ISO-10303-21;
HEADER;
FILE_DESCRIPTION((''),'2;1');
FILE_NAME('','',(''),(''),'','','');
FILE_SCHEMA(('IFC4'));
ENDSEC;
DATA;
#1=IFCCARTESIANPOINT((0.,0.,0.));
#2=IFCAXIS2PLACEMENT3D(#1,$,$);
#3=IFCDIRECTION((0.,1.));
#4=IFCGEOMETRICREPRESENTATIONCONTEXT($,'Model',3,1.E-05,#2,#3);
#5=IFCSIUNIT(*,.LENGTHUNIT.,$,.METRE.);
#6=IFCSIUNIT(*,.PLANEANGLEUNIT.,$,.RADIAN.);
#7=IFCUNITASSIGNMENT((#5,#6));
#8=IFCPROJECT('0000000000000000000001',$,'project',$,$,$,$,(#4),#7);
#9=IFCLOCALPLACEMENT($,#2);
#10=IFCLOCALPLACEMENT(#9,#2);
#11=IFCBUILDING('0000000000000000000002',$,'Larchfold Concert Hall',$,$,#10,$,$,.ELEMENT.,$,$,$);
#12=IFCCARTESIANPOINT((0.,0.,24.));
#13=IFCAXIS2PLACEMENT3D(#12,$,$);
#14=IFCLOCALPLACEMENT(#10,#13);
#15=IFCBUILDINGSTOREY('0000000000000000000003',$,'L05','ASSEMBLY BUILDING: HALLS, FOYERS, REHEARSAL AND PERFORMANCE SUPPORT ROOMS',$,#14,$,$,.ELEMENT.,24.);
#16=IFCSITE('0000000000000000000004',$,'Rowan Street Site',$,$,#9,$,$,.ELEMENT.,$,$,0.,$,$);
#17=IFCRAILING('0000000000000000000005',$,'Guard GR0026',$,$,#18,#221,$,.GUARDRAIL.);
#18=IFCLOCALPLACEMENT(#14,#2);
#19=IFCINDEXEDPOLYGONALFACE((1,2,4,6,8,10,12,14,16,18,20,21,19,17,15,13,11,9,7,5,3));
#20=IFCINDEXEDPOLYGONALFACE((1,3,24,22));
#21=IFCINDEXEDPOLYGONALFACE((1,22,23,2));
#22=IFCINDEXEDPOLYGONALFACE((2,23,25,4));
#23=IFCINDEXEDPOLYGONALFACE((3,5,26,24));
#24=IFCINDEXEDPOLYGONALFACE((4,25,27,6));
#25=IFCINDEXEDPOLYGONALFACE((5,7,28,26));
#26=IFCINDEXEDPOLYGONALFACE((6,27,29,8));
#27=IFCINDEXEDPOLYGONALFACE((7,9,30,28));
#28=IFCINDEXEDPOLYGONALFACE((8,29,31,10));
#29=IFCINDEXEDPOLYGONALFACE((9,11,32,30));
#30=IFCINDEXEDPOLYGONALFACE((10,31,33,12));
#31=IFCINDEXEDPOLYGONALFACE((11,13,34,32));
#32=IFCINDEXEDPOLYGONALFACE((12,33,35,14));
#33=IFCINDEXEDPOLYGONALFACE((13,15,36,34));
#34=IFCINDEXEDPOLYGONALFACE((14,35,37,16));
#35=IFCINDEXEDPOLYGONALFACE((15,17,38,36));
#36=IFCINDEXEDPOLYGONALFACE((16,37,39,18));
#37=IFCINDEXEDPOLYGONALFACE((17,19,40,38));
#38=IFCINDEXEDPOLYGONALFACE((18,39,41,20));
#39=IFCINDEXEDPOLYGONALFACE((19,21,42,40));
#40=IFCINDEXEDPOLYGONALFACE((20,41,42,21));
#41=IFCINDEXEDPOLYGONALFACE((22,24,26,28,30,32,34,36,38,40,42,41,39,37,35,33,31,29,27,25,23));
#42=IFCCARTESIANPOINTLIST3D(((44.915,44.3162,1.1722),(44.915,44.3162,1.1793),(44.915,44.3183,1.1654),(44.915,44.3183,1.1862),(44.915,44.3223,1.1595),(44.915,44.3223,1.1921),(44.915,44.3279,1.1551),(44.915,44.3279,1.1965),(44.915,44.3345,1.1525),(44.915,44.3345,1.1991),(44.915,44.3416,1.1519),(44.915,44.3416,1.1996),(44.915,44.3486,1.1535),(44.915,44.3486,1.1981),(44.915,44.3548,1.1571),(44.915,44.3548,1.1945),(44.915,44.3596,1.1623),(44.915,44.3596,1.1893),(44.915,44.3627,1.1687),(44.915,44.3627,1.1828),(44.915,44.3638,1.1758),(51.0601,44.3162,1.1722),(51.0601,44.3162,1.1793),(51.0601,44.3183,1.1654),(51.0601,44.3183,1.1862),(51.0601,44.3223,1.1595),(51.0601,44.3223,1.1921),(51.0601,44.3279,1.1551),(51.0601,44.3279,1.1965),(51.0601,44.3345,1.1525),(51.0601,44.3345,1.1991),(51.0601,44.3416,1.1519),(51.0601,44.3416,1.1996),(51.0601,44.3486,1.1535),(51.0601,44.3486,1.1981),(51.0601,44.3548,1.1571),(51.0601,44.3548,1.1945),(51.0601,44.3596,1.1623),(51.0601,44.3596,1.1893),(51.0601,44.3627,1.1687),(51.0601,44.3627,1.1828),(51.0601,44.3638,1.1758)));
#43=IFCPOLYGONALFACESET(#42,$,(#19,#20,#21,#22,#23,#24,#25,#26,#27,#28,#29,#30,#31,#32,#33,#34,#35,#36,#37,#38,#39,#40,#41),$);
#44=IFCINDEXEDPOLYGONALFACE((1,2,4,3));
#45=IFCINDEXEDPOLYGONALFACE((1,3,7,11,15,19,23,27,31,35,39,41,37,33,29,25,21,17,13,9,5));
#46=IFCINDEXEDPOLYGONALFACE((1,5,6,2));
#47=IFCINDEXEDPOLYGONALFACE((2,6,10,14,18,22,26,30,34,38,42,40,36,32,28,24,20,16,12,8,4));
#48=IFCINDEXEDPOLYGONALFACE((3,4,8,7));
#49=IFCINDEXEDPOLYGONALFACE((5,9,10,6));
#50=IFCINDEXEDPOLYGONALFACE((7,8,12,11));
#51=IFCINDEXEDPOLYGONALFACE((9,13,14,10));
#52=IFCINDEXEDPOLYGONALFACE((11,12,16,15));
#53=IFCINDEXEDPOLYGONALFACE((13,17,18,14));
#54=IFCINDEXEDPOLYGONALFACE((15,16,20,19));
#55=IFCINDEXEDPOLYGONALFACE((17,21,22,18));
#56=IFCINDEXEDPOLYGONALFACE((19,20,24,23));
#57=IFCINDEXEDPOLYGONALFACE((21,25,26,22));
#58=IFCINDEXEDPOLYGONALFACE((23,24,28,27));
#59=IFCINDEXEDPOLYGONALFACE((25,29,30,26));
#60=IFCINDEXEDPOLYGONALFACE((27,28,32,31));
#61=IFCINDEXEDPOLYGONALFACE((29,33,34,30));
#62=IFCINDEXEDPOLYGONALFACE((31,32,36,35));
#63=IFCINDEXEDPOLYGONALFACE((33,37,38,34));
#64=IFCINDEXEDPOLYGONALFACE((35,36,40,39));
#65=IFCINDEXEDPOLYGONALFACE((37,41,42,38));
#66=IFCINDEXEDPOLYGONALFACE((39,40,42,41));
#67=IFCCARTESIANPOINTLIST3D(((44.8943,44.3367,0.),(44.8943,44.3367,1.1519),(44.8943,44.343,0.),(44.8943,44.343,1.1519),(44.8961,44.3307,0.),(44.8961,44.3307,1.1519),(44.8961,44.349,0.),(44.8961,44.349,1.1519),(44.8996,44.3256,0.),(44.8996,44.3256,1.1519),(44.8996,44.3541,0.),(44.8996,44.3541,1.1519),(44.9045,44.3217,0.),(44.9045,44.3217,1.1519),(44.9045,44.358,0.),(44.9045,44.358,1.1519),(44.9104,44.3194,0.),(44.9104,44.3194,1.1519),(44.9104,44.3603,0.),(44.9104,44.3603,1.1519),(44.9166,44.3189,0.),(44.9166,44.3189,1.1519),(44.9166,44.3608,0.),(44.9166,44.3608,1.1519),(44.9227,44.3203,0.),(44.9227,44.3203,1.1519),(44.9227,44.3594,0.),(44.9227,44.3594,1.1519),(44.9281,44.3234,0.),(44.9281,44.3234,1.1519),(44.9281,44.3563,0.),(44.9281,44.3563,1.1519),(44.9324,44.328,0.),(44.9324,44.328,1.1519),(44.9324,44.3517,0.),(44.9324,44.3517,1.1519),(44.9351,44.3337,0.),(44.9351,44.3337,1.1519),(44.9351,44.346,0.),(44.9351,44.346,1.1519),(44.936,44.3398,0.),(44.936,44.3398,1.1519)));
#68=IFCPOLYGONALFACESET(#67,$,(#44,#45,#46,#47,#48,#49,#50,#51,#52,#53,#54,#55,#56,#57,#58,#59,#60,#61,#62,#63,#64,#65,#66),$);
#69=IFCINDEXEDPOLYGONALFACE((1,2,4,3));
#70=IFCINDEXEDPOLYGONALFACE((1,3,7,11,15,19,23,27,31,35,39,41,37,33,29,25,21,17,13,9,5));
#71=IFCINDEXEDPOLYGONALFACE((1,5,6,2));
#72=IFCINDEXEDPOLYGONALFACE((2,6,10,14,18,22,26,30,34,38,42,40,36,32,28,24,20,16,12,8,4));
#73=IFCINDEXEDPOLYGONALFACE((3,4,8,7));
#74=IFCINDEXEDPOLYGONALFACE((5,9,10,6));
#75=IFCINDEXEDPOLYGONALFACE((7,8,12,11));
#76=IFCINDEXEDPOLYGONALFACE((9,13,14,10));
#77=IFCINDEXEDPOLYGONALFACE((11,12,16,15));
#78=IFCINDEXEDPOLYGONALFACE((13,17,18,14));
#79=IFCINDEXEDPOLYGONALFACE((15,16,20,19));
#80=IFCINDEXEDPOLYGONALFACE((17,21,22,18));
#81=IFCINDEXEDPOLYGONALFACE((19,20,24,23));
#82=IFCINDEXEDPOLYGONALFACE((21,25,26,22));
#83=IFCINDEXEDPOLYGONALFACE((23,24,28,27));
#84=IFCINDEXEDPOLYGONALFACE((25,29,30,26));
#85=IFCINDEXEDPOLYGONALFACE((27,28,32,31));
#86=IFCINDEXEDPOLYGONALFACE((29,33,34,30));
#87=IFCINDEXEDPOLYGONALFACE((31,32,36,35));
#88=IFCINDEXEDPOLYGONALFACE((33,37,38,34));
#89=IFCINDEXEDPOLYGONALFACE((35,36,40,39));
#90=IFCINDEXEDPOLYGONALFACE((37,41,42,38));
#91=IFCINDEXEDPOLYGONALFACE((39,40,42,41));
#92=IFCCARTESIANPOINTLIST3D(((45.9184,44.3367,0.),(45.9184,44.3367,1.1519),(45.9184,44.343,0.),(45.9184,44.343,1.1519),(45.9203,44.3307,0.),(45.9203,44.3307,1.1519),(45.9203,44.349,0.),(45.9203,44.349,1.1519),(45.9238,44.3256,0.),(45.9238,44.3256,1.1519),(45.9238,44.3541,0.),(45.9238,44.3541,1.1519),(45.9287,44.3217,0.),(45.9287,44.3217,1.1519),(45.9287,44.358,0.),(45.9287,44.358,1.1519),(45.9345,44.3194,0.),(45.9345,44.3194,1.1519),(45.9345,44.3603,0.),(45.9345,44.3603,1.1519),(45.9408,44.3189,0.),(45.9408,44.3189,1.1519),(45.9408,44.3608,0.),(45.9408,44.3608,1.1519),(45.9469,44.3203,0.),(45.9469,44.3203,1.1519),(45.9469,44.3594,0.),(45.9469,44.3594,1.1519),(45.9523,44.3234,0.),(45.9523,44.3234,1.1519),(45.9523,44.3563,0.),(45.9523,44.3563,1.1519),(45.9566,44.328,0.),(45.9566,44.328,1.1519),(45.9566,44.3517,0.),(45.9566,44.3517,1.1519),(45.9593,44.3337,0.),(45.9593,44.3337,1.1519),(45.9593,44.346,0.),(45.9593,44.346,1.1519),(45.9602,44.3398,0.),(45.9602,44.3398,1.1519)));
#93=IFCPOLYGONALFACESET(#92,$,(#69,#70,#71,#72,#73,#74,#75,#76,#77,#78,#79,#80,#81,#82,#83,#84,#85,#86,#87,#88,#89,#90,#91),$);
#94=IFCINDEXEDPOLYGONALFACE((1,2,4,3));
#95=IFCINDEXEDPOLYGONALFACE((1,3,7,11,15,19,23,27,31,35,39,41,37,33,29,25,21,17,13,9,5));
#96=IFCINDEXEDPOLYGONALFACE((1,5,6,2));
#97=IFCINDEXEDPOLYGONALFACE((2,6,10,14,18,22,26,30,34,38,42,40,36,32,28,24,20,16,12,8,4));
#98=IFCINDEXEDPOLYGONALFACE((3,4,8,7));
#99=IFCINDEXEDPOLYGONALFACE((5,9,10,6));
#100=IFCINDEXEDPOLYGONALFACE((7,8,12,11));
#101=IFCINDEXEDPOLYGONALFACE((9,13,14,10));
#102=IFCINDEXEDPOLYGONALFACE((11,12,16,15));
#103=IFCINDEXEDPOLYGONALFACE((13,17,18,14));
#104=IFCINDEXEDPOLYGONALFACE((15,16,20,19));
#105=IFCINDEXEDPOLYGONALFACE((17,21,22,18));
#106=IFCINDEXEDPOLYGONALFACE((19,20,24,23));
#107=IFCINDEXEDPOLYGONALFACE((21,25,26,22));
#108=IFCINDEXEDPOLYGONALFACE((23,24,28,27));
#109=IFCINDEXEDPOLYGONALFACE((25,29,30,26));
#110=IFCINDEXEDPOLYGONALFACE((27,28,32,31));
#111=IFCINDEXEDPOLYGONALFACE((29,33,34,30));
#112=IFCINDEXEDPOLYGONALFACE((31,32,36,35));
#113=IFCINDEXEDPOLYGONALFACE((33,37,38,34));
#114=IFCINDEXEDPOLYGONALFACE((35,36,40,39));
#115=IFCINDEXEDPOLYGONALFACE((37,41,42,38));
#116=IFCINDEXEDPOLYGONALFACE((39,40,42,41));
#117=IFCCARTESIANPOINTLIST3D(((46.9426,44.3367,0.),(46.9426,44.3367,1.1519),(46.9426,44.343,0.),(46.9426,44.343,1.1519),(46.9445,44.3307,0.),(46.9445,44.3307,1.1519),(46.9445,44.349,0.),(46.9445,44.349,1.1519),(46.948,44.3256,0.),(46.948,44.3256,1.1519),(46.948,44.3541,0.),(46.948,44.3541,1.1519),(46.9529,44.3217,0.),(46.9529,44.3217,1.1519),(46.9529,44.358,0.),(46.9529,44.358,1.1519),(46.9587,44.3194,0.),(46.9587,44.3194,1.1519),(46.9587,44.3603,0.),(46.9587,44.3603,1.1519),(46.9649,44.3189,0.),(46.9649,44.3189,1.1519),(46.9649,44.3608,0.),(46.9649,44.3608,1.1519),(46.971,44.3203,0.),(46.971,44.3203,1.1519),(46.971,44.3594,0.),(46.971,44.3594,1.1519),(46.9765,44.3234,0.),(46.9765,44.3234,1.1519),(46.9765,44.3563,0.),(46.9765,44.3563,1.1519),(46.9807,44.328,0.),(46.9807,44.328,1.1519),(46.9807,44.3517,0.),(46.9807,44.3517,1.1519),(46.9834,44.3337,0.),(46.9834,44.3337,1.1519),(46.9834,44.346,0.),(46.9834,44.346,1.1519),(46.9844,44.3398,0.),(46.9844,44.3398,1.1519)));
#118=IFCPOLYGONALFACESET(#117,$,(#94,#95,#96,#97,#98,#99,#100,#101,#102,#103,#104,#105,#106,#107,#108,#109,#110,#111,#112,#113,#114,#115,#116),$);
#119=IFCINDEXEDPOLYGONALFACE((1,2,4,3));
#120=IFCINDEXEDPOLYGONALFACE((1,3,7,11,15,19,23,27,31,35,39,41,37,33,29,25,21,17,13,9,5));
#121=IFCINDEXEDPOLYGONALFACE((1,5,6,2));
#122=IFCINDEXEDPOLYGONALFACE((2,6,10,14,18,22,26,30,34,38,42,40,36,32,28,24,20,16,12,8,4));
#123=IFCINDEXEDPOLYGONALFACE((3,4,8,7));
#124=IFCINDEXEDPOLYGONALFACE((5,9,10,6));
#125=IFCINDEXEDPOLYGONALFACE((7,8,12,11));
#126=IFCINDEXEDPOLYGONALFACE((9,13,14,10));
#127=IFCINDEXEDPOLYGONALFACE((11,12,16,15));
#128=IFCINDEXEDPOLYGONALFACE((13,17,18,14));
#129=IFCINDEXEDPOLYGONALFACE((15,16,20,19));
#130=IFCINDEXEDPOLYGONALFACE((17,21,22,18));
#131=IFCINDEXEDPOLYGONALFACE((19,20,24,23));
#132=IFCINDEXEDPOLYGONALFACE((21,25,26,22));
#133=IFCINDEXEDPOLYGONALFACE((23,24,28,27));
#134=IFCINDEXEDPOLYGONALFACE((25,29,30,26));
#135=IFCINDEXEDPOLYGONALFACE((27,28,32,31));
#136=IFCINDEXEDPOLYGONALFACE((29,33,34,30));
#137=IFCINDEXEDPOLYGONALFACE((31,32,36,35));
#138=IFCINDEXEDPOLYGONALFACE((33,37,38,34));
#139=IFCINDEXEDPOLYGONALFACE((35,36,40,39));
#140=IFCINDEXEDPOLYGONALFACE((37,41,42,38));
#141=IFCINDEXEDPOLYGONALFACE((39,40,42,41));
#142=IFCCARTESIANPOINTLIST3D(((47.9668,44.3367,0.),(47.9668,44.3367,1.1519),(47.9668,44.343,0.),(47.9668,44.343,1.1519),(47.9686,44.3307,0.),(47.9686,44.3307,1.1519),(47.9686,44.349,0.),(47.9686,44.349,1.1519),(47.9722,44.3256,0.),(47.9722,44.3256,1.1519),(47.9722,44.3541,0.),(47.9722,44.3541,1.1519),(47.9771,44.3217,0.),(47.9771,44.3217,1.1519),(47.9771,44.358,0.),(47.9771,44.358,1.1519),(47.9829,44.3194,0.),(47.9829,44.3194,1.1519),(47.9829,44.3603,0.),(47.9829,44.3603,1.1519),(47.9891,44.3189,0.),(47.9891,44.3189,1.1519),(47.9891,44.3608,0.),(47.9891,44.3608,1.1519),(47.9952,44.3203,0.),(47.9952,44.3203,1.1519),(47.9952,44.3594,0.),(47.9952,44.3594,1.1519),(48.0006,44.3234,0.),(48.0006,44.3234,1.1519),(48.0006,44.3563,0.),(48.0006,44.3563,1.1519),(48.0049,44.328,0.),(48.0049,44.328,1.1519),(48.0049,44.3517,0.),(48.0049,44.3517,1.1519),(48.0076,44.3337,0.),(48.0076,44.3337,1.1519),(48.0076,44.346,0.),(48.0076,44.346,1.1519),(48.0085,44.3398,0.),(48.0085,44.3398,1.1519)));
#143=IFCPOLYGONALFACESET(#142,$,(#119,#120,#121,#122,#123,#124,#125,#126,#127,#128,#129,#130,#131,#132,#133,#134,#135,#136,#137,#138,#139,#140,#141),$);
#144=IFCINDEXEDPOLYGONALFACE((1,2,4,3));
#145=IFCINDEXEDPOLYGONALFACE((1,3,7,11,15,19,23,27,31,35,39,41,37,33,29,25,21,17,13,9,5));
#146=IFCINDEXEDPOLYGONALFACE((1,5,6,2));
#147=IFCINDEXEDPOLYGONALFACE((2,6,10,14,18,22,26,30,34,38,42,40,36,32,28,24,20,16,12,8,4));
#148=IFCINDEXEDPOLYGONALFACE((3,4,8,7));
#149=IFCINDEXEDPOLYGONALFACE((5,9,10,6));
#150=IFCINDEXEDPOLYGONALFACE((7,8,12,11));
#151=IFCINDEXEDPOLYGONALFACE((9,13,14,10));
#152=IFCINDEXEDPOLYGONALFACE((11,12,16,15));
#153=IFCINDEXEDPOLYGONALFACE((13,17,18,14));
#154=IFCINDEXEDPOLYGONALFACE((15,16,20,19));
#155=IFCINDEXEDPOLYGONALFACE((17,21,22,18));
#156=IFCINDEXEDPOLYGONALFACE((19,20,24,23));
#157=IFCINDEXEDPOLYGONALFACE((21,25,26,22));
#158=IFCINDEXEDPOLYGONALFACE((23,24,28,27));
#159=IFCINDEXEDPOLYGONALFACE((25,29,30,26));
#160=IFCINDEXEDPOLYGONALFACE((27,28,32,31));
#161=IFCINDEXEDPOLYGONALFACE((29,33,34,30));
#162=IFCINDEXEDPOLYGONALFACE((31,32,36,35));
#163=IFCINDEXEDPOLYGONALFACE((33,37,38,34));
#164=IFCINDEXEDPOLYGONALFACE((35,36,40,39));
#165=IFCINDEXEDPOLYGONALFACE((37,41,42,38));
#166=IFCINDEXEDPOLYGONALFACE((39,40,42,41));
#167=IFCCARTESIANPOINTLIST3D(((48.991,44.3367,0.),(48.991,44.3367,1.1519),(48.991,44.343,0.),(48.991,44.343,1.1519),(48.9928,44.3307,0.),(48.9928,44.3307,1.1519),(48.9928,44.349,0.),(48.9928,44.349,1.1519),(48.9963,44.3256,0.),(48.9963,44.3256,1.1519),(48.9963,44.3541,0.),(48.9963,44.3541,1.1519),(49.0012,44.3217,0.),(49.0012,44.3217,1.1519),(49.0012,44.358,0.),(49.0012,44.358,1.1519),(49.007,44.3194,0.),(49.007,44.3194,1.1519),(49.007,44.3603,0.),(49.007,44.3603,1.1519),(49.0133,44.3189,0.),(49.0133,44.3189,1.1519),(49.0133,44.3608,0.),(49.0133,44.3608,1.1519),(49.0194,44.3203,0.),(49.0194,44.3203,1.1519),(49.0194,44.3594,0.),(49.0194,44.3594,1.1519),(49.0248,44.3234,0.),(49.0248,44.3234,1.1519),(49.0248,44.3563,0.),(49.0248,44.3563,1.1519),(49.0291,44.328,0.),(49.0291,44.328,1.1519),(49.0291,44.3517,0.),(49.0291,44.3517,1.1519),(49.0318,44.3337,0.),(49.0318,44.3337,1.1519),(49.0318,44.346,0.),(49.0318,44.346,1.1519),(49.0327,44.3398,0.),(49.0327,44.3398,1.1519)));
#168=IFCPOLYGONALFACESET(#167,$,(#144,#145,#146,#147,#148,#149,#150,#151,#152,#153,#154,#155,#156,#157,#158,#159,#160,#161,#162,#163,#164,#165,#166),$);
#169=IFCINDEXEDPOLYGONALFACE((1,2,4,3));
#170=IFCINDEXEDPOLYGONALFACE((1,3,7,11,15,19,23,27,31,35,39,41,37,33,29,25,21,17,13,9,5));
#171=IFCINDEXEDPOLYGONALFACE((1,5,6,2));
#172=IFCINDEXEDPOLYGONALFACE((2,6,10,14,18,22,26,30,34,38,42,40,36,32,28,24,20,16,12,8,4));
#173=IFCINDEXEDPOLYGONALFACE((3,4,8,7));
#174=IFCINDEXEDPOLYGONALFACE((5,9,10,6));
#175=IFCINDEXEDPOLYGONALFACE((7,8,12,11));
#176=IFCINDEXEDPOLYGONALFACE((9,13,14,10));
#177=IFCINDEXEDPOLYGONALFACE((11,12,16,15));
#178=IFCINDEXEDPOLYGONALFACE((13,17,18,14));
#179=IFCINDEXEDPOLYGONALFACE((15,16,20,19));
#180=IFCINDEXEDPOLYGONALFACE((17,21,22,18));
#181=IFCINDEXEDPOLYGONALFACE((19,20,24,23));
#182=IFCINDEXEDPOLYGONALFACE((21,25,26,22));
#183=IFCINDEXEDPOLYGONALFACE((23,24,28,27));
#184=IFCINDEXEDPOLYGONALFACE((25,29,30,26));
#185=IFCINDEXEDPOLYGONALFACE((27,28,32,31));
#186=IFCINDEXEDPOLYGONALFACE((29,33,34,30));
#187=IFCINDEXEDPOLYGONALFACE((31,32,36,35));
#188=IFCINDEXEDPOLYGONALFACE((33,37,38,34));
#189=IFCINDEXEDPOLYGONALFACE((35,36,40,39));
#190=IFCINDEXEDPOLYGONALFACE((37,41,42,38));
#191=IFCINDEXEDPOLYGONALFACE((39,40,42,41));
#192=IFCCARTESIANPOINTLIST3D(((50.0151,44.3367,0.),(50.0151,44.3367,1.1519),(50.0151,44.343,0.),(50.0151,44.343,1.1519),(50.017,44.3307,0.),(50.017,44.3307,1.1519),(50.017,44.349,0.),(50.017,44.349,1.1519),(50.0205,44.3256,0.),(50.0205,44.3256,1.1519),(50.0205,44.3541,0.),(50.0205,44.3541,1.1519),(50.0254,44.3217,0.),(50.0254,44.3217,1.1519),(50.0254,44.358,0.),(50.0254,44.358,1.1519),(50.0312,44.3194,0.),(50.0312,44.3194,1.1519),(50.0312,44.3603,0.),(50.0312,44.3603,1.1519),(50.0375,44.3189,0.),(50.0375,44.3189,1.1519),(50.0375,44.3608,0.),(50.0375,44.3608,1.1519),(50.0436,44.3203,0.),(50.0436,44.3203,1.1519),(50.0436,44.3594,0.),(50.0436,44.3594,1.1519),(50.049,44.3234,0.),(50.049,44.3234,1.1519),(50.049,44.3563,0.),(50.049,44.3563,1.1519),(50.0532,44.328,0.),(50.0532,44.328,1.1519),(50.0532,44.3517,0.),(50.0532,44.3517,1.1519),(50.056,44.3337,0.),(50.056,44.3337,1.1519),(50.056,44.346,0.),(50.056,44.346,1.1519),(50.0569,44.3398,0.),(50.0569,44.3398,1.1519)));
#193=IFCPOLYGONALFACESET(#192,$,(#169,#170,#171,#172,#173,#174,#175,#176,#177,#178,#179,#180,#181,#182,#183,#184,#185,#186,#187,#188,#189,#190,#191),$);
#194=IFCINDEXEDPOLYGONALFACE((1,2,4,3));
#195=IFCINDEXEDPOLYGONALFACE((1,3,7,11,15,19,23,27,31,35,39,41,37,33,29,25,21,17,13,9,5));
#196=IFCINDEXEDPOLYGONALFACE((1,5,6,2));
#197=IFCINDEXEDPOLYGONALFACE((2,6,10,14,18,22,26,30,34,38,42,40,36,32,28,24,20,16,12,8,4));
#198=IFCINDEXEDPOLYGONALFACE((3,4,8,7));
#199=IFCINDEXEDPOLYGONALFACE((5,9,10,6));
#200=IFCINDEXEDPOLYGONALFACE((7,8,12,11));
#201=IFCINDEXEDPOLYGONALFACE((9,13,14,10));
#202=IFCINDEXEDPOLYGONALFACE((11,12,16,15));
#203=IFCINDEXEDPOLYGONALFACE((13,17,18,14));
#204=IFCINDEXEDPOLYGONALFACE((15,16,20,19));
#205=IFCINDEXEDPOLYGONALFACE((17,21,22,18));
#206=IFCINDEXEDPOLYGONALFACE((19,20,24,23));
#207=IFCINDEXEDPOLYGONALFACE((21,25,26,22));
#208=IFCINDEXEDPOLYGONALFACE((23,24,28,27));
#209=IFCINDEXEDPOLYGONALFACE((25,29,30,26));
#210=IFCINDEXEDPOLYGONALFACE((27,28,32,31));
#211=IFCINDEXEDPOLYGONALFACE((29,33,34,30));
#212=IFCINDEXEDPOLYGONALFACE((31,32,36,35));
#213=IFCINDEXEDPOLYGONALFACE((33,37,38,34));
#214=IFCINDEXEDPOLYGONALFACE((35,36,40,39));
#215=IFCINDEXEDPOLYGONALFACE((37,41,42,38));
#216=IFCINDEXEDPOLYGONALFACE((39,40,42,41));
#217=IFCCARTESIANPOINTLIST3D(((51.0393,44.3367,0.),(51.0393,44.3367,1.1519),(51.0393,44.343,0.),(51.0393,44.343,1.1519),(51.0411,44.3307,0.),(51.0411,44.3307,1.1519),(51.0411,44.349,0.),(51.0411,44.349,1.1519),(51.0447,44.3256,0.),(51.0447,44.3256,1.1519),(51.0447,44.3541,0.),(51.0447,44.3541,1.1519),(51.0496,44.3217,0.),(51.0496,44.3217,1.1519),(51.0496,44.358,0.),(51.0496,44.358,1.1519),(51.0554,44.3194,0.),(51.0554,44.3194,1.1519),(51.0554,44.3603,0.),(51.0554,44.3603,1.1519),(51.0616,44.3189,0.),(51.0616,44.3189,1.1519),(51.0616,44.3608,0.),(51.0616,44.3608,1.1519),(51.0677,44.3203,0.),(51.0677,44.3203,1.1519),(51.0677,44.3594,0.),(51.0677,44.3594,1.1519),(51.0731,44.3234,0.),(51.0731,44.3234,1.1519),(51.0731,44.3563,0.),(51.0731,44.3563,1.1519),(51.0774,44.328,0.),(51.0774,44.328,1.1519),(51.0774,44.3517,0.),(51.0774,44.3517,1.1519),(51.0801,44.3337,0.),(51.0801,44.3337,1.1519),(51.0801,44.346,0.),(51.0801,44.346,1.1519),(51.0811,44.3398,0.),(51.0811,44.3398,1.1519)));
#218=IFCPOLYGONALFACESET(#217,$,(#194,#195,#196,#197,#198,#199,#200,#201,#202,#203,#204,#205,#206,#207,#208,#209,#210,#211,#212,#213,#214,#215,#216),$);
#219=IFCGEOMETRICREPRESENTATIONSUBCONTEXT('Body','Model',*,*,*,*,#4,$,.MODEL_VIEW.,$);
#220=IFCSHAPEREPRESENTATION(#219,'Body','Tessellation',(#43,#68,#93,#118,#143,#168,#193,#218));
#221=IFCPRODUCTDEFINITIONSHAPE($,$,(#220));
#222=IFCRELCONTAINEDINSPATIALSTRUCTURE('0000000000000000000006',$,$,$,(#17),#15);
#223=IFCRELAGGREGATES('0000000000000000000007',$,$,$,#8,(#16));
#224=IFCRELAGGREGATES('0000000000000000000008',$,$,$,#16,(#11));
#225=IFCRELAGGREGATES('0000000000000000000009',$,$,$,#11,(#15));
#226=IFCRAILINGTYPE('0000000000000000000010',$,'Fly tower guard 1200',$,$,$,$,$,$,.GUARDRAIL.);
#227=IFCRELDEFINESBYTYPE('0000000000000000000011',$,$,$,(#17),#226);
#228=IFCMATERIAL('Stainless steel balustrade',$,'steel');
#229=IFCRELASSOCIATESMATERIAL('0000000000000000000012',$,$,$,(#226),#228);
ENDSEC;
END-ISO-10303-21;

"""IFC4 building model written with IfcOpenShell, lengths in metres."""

from ifc_helpers import new_model, si_unit, direction, frame, origin, origin_2d, place, context, subcontext, project, spatial, circle, extrude, material, type_object, element, save


model = new_model("IFC4")

# Units and contexts
model_context = context("Model", 3, precision=1e-05, world=origin(), true_north=direction((0.0, 1.0)))
body_context = subcontext(model_context, "Body", "Model", "MODEL_VIEW")
ifc_project = project(units=[si_unit("LENGTHUNIT", "METRE"), si_unit("PLANEANGLEUNIT", "RADIAN")], contexts=[model_context])

# Site, building, storey
site_placement = place(None, origin())
site = spatial("IfcSite", under=ifc_project, at=site_placement, Name="Rowan Street Site", CompositionType="ELEMENT", RefElevation=0.0)
building_placement = place(site_placement, origin())
building = spatial("IfcBuilding", under=site, at=building_placement, Name="Larchfold Concert Hall", CompositionType="ELEMENT")
storey_placement = place(building_placement, frame((0.0, 0.0, 24.0)))
storey = spatial("IfcBuildingStorey", under=building, at=storey_placement, Name="L05", Description="ASSEMBLY BUILDING: HALLS, FOYERS, REHEARSAL AND PERFORMANCE SUPPORT ROOMS", CompositionType="ELEMENT", Elevation=24.0)

# Railing
ifc_material_1 = material(Name="Stainless steel balustrade", Category="steel")
railing_type_1 = type_object("IfcRailingType", Name="Fly tower guard 1200", PredefinedType="GUARDRAIL", material=ifc_material_1)
railing_1_placement = place(storey_placement, frame((44.915, 44.3398, 0.0)))
element("IfcRailing", 1, at=railing_1_placement, inside=storey, type_object=railing_type_1, Name="Guard GR0026", PredefinedType="GUARDRAIL", context=body_context, shape_type="SweptSolid", body=[
    extrude(circle(Radius=0.0239, at=origin_2d()), frame((0.0, 0.0, 1.1758), z_axis=(1.0, 0.0, 0.0), x_axis=(0.0, 1.0, 0.0)), (0.0, 0.0, 1.0), 6.145),
    extrude(circle(Radius=0.021, at=origin_2d()), origin(), (0.0, 0.0, 1.0), 1.1519),
    extrude(circle(Radius=0.021, at=origin_2d()), frame((1.0242, 0.0, 0.0)), (0.0, 0.0, 1.0), 1.1519),
    extrude(circle(Radius=0.021, at=origin_2d()), frame((2.0483, 0.0, 0.0)), (0.0, 0.0, 1.0), 1.1519),
    extrude(circle(Radius=0.021, at=origin_2d()), frame((3.0725, 0.0, 0.0)), (0.0, 0.0, 1.0), 1.1519),
    extrude(circle(Radius=0.021, at=origin_2d()), frame((4.0967, 0.0, 0.0)), (0.0, 0.0, 1.0), 1.1519),
    extrude(circle(Radius=0.021, at=origin_2d()), frame((5.1208, 0.0, 0.0)), (0.0, 0.0, 1.0), 1.1519),
    extrude(circle(Radius=0.021, at=origin_2d()), frame((6.145, 0.0, 0.0)), (0.0, 0.0, 1.0), 1.1519),
])

save(model, "model.ifc")
